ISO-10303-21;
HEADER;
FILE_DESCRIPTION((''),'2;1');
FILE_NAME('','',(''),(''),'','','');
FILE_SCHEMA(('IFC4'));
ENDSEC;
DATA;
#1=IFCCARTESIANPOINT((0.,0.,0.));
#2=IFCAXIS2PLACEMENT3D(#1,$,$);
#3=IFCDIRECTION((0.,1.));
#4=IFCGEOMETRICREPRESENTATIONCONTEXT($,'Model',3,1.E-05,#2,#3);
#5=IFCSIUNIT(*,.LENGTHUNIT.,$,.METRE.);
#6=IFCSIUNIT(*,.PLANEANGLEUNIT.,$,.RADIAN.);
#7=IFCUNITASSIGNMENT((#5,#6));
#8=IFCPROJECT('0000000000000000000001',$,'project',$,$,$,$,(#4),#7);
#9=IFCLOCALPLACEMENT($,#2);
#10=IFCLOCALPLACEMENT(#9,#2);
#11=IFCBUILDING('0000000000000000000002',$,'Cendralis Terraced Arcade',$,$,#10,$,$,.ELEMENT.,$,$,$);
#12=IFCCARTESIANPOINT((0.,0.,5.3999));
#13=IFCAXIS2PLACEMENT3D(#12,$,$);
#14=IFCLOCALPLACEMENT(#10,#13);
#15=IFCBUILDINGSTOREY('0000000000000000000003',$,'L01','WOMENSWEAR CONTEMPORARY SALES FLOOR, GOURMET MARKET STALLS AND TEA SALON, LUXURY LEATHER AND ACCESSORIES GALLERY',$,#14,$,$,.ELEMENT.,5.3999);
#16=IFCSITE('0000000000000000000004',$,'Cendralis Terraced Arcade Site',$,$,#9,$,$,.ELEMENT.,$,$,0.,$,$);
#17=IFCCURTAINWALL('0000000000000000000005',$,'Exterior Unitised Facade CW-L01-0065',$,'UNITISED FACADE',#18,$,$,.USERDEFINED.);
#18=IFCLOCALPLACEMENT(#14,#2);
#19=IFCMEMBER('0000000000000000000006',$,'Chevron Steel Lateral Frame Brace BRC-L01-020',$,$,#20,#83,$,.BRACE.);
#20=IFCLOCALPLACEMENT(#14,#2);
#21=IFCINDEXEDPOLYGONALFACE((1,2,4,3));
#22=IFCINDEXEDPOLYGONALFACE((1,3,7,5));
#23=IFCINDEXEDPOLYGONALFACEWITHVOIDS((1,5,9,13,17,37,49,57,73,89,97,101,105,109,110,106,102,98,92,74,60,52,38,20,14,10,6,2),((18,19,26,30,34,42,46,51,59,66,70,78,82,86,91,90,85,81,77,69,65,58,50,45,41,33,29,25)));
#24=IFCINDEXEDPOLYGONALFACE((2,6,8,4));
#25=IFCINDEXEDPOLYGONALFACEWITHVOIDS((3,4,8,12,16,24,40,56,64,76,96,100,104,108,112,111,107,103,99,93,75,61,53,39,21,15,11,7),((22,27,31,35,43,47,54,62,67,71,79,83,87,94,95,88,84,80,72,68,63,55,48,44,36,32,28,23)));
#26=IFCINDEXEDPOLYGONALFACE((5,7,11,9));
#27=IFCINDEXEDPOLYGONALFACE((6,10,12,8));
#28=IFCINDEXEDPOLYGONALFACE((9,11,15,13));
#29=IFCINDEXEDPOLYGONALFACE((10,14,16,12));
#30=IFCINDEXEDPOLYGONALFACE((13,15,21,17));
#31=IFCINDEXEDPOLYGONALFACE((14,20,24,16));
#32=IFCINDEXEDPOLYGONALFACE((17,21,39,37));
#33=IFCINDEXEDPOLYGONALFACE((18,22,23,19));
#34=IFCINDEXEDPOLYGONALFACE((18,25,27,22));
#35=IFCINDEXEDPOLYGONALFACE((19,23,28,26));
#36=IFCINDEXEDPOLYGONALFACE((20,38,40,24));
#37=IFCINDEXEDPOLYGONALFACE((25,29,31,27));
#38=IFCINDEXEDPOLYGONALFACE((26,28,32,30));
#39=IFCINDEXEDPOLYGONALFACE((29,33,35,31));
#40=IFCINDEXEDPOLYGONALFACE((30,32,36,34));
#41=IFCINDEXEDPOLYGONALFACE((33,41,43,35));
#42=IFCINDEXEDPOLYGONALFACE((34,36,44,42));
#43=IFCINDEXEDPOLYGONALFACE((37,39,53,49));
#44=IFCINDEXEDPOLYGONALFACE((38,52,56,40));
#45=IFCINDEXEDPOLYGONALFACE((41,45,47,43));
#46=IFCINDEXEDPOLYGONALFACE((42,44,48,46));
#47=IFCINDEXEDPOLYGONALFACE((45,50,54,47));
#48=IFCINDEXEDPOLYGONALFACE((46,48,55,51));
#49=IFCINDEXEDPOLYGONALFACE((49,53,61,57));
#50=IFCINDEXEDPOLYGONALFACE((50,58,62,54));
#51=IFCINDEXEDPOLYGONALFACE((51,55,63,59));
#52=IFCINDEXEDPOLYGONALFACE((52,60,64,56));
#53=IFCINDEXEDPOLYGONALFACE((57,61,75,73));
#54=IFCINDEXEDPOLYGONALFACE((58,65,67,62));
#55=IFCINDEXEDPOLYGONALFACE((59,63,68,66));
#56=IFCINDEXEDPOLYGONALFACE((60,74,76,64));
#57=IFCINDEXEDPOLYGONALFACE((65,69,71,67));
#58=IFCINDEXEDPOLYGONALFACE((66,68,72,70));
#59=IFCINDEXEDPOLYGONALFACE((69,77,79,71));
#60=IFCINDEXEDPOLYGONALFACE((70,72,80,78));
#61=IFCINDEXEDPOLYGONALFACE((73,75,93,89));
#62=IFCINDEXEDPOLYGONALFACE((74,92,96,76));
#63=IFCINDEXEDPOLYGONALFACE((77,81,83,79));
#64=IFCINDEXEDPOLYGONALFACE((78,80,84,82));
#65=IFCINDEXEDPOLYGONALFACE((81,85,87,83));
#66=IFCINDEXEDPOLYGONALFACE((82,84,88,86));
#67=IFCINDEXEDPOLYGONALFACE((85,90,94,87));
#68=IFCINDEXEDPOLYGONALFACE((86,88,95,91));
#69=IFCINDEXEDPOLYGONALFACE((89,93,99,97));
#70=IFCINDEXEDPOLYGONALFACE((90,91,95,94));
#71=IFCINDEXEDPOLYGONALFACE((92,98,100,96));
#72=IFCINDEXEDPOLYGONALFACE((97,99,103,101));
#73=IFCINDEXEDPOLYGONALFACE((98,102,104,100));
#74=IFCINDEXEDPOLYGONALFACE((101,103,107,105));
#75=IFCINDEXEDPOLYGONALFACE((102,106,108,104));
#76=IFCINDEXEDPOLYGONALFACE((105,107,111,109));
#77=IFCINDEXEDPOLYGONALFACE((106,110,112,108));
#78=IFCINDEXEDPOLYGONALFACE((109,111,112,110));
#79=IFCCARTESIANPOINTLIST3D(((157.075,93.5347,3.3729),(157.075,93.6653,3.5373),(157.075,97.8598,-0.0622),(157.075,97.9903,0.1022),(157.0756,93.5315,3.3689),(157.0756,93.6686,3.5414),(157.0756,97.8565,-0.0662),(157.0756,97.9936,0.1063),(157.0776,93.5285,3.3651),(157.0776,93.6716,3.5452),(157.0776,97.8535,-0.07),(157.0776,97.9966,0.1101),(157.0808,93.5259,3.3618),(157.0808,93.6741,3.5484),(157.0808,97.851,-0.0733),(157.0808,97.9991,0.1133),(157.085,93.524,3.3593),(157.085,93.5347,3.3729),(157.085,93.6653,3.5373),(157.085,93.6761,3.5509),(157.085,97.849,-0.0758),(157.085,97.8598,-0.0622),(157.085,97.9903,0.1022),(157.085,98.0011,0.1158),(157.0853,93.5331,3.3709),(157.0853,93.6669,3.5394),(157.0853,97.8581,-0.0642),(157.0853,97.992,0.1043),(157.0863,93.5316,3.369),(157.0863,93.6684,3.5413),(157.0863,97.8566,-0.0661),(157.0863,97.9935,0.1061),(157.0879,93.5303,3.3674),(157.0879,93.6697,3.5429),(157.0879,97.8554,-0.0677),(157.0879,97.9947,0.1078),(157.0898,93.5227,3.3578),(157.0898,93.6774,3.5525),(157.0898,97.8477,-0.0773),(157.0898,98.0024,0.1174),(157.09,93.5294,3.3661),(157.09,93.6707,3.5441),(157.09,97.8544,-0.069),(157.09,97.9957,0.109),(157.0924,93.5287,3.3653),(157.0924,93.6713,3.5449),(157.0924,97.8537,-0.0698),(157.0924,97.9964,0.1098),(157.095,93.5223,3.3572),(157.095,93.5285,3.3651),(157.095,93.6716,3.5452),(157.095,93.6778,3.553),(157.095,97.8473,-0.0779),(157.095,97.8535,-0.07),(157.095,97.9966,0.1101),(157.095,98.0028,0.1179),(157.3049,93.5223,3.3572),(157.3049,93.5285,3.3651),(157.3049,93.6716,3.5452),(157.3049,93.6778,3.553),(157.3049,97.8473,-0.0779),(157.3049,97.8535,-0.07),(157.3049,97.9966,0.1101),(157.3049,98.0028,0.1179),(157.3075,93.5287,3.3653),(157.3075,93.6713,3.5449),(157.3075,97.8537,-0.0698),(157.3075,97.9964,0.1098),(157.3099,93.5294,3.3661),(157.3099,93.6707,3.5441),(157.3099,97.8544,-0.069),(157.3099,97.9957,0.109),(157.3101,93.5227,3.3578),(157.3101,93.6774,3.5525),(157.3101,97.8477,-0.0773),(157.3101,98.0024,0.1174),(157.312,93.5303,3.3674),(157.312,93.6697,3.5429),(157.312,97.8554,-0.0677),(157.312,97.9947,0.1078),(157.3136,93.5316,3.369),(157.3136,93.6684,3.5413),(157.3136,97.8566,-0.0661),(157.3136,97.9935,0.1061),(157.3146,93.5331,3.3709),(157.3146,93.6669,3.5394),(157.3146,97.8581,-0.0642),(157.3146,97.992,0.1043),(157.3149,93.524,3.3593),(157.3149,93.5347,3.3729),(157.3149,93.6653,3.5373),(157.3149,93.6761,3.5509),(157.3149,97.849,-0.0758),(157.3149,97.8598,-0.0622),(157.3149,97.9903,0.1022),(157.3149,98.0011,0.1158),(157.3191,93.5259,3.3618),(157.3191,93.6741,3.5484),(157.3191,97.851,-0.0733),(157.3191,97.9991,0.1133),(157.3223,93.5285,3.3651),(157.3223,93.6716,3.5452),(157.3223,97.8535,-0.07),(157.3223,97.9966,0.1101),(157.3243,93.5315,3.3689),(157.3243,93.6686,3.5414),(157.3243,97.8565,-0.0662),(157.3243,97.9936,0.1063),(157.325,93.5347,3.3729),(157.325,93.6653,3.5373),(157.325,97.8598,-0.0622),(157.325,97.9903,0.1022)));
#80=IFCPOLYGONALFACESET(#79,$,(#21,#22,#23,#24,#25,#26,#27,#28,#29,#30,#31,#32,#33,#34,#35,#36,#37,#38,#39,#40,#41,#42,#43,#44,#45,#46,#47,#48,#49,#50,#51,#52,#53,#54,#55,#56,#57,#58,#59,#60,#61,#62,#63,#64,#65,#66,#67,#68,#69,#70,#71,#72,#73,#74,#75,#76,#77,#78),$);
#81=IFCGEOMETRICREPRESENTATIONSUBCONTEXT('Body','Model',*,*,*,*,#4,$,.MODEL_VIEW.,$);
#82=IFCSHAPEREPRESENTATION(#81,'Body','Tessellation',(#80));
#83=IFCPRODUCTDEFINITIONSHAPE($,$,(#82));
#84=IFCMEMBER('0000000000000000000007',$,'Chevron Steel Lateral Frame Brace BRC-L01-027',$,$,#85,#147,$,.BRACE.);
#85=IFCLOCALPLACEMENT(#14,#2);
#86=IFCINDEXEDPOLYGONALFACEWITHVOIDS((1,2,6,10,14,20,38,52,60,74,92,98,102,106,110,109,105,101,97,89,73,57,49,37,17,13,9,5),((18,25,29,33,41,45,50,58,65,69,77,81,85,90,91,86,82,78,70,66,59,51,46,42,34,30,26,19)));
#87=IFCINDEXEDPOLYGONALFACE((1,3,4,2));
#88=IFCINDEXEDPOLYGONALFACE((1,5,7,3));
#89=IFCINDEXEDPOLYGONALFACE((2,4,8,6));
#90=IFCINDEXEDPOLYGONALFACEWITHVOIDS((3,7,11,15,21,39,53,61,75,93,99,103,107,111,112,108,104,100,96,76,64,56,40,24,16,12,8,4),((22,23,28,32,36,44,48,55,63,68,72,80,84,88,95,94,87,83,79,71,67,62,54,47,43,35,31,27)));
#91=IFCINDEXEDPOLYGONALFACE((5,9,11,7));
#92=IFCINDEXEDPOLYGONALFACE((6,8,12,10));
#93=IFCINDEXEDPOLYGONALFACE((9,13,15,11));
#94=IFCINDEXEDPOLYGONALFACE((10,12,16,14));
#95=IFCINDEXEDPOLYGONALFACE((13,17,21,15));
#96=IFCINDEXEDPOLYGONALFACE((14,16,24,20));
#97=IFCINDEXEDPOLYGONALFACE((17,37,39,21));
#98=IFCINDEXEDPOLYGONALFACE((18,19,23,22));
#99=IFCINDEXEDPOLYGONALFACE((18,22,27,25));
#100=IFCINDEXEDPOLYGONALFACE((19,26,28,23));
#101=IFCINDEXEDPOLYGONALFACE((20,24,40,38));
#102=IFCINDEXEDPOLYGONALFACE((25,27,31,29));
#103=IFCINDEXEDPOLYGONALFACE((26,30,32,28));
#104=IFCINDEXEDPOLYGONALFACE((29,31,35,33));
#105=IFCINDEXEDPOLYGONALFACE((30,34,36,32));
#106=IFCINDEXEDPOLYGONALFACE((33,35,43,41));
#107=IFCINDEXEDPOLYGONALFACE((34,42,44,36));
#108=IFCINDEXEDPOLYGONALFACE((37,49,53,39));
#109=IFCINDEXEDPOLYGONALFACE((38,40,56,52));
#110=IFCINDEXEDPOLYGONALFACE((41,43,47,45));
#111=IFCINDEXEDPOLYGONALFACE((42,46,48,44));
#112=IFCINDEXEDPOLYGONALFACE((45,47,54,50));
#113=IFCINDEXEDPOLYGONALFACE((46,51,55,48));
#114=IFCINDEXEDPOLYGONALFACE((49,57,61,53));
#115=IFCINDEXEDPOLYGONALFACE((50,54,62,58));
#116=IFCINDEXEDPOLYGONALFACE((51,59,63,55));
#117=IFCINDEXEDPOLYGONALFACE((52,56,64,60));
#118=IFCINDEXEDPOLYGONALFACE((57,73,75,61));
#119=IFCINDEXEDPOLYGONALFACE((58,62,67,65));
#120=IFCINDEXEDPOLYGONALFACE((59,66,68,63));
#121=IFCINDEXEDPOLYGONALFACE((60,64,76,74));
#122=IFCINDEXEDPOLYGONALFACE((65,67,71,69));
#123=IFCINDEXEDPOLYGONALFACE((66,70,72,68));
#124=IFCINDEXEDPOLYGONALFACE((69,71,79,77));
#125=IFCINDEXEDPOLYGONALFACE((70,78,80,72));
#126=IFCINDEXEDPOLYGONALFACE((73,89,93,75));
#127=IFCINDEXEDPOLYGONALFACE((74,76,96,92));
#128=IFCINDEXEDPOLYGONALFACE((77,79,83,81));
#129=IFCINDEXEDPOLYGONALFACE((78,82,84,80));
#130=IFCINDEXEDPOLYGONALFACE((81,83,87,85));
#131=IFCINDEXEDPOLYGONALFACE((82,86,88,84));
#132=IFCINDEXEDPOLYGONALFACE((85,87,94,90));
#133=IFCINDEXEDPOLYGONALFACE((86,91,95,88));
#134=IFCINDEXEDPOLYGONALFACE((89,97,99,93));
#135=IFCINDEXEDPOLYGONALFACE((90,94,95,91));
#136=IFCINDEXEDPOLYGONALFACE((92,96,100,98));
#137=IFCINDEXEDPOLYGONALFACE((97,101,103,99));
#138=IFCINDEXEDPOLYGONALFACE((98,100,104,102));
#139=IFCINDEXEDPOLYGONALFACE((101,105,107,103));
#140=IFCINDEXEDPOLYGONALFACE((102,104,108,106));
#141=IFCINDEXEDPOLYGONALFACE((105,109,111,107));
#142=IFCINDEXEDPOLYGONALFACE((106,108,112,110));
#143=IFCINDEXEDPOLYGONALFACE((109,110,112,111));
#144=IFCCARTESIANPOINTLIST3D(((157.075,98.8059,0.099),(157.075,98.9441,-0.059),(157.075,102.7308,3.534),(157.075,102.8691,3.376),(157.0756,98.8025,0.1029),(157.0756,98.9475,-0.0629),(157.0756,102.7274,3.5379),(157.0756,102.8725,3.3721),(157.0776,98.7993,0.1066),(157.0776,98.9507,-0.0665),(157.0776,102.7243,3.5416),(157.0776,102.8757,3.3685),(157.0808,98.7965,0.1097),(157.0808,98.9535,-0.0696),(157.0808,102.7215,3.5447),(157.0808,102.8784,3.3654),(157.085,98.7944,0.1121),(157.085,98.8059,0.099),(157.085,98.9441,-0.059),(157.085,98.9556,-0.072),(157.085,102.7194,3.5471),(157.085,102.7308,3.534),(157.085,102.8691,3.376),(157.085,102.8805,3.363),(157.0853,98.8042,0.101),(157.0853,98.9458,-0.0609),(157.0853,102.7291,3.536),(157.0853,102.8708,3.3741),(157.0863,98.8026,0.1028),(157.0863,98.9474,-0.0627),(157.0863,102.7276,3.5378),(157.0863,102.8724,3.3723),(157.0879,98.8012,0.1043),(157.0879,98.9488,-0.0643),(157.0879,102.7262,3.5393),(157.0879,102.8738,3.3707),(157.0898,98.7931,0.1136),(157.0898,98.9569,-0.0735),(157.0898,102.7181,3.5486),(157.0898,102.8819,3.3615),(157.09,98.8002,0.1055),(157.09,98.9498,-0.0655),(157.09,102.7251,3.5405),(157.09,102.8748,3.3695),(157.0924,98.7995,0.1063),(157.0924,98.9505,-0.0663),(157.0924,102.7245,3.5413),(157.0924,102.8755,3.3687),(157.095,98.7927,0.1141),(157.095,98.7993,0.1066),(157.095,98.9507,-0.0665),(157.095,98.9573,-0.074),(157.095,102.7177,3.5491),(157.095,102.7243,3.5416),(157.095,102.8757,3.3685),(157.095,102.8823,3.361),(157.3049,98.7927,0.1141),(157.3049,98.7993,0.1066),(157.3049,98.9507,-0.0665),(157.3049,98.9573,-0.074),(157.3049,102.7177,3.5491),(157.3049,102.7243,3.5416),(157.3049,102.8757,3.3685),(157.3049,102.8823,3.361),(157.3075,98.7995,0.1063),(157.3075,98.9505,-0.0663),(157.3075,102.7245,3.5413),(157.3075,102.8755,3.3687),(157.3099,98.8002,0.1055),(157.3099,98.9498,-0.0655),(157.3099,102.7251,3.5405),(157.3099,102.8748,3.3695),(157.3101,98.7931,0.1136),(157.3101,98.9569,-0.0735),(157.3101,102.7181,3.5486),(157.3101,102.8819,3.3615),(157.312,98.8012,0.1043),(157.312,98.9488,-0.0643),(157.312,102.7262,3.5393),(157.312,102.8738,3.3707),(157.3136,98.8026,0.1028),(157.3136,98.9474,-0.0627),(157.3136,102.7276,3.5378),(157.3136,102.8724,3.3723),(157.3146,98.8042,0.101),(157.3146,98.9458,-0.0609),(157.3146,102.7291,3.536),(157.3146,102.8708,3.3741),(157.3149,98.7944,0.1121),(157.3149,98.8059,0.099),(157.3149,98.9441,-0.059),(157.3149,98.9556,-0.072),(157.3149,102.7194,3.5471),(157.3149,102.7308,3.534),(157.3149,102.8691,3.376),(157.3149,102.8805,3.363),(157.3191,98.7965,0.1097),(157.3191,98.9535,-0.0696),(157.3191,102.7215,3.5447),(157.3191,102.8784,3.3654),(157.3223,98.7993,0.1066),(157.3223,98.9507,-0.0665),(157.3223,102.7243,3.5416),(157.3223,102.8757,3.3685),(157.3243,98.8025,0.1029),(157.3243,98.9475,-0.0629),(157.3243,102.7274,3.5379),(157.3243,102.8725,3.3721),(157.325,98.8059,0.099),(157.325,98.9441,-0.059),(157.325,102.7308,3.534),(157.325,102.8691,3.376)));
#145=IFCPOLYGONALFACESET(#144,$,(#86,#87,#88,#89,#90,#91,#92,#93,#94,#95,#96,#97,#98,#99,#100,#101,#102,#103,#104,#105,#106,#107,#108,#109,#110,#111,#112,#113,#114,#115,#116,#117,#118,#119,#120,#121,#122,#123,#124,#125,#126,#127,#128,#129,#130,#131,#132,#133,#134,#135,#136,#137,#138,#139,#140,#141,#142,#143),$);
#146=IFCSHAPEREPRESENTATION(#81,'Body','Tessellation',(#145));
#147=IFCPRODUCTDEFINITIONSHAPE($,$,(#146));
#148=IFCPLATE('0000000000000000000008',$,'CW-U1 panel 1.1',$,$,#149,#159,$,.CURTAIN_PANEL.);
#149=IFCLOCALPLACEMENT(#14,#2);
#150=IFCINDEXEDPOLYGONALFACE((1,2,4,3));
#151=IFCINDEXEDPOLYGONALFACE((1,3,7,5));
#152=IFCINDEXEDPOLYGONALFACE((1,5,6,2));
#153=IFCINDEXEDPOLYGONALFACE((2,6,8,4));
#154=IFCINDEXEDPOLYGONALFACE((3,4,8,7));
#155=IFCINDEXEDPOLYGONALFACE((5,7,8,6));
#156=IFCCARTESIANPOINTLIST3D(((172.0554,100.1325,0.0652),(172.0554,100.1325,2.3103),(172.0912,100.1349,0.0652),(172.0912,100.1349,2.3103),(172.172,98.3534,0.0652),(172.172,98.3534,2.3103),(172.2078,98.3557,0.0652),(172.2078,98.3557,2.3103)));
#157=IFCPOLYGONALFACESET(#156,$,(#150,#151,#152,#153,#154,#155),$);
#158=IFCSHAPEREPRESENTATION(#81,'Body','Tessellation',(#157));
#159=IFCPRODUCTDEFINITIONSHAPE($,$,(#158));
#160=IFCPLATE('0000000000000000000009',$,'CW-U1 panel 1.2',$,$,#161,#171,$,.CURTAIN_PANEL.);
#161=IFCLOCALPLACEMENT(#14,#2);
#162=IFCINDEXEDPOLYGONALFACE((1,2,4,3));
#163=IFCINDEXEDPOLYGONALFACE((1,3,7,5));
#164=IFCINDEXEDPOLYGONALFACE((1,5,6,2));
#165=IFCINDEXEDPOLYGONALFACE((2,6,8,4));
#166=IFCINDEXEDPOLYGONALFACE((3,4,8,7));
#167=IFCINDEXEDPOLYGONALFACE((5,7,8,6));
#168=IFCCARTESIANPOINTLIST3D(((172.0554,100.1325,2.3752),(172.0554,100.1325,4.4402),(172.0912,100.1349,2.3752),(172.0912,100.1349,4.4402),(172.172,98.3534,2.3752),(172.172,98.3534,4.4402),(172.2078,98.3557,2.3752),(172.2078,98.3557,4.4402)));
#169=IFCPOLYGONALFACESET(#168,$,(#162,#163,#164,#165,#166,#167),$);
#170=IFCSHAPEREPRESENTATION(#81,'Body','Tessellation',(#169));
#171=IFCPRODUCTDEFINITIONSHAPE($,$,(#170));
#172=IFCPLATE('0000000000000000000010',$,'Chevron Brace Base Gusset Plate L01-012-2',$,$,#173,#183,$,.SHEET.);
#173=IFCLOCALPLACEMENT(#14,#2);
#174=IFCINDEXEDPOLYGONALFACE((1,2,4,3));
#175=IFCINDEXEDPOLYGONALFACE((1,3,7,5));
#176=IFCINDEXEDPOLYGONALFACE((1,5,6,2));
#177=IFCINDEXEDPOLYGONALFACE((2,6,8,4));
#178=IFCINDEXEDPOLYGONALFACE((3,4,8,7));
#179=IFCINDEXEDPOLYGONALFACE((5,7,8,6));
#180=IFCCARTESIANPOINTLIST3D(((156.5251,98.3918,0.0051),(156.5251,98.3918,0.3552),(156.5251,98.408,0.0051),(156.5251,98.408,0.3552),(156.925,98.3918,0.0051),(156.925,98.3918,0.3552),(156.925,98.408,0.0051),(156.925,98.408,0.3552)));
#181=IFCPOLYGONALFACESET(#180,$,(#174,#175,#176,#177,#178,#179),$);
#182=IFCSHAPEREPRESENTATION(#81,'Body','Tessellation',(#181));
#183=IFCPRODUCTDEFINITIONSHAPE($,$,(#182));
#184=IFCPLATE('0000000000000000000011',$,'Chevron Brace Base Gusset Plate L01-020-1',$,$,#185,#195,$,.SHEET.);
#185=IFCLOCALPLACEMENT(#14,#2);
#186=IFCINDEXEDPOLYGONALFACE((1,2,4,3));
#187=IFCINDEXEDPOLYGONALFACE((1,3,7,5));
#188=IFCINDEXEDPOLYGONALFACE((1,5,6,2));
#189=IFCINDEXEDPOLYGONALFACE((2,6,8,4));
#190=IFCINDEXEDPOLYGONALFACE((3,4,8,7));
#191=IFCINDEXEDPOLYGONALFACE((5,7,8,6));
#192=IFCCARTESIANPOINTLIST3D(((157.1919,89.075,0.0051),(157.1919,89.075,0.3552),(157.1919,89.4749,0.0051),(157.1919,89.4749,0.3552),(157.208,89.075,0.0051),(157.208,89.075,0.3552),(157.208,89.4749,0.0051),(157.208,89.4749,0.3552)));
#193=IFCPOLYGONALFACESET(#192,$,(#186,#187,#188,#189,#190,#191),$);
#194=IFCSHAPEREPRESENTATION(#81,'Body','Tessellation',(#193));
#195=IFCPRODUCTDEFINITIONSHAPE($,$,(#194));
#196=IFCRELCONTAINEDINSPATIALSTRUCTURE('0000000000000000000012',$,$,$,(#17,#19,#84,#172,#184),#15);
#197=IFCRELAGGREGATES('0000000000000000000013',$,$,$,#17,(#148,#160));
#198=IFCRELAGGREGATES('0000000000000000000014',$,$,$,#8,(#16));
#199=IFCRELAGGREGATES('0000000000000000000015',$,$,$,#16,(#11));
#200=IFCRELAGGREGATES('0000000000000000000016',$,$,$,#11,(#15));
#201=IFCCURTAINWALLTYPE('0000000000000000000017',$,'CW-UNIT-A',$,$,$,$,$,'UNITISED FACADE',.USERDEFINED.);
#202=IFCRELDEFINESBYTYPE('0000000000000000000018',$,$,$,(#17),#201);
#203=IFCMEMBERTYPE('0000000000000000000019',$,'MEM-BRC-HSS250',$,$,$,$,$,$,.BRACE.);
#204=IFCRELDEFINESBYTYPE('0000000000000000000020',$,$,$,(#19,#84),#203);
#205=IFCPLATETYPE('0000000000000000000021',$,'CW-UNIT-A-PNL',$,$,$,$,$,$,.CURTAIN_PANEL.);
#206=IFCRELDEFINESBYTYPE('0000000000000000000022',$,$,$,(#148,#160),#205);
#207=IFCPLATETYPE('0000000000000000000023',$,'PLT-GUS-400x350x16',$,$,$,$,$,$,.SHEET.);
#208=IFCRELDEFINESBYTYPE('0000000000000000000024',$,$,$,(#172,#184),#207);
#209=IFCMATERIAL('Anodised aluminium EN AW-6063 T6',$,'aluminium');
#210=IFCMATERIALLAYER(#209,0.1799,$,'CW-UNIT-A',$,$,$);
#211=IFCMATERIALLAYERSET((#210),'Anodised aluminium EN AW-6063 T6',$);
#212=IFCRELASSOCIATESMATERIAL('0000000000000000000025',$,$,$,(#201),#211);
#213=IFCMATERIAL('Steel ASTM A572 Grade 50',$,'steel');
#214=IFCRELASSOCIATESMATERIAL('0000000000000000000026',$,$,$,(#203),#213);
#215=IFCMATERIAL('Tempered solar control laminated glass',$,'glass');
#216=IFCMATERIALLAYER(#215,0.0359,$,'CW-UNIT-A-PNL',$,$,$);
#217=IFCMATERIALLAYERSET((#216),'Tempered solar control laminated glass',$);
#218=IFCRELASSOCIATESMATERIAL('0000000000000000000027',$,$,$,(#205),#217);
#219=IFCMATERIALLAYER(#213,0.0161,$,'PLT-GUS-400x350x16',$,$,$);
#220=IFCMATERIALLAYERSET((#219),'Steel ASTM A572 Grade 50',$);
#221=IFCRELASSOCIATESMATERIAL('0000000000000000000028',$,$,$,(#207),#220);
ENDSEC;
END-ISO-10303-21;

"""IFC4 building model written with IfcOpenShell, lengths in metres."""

from ifc_helpers import new_model, si_unit, direction, frame, origin, origin_2d, place, context, subcontext, project, spatial, rectangle, hollow_rectangle, extrude, material, layer, layer_set, material_profile, profile_set, type_object, element, aggregate, save


model = new_model("IFC4")

# Units and contexts
model_context = context("Model", 3, precision=1e-05, world=origin(), true_north=direction((0.0, 1.0)))
body_context = subcontext(model_context, "Body", "Model", "MODEL_VIEW")
ifc_project = project(units=[si_unit("LENGTHUNIT", "METRE"), si_unit("PLANEANGLEUNIT", "RADIAN")], contexts=[model_context])

# Site, building, storey
site_placement = place(None, origin())
site = spatial("IfcSite", under=ifc_project, at=site_placement, Name="Cendralis Terraced Arcade Site", CompositionType="ELEMENT", RefElevation=0.0)
building_placement = place(site_placement, origin())
building = spatial("IfcBuilding", under=site, at=building_placement, Name="Cendralis Terraced Arcade", CompositionType="ELEMENT")
storey_placement = place(building_placement, frame((0.0, 0.0, 5.3999)))
storey = spatial("IfcBuildingStorey", under=building, at=storey_placement, Name="L01", Description="WOMENSWEAR CONTEMPORARY SALES FLOOR, GOURMET MARKET STALLS AND TEA SALON, LUXURY LEATHER AND ACCESSORIES GALLERY", CompositionType="ELEMENT", Elevation=5.3999)

# Curtain wall
ifc_material_1 = material(Name="Anodised aluminium EN AW-6063 T6", Category="aluminium")
ifc_layer_1 = layer(ifc_material_1, 0.1799, Name="CW-UNIT-A")
ifc_layer_set_1 = layer_set([ifc_layer_1], Name="Anodised aluminium EN AW-6063 T6")
curtain_wall_type = type_object("IfcCurtainWallType", Name="CW-UNIT-A", ElementType="UNITISED FACADE", PredefinedType="USERDEFINED", material=ifc_layer_set_1)
curtain_wall_placement = place(storey_placement, origin())
curtain_wall = element("IfcCurtainWall", 1, at=curtain_wall_placement, inside=storey, type_object=curtain_wall_type, Name="Exterior Unitised Facade CW-L01-0065", ObjectType="UNITISED FACADE", PredefinedType="USERDEFINED")

# Members
ifc_material_2 = material(Name="Steel ASTM A572 Grade 50", Category="steel")
ifc_material_profile_1 = material_profile(ifc_material_2, hollow_rectangle(XDim=0.25, YDim=0.25, WallThickness=0.01, InnerFilletRadius=0.01, OuterFilletRadius=0.02, at=origin_2d()), Name="HSS250X250X10", Category="LoadBearing")
ifc_profile_set_1 = profile_set([ifc_material_profile_1], Name="Steel ASTM A572 Grade 50")
member_type_1 = type_object("IfcMemberType", Name="MEM-BRC-HSS250", PredefinedType="BRACE", material=ifc_profile_set_1)
for number, where, z_axis, x_axis, name in (
    (2, (157.2, 97.925, 0.02), (0.0, -0.783063, 0.621942), (1.0, 0.0, 0.0), "Chevron Steel Lateral Frame Brace BRC-L01-020"),
):
    element("IfcMember", number, at=place(storey_placement, frame(where, z_axis=z_axis, x_axis=x_axis)), inside=storey, type_object=member_type_1, Name=name, PredefinedType="BRACE", context=body_context, shape_type="SweptSolid", body=[
        extrude(hollow_rectangle(XDim=0.25, YDim=0.25, WallThickness=0.01, InnerFilletRadius=0.01, OuterFilletRadius=0.02, at=origin_2d()), origin(), (0.0, 0.0, 1.0), 5.5232),
    ])
member_1_placement = place(storey_placement, frame((157.2, 98.875, 0.02), z_axis=(0.0, 0.752516, 0.658574), x_axis=(-1.0, 0.0, 0.0)))
element("IfcMember", 3, at=member_1_placement, inside=storey, type_object=member_type_1, Name="Chevron Steel Lateral Frame Brace BRC-L01-027", PredefinedType="BRACE", context=body_context, shape_type="SweptSolid", body=[
    extrude(hollow_rectangle(XDim=0.25, YDim=0.25, WallThickness=0.01, InnerFilletRadius=0.01, OuterFilletRadius=0.02, at=origin_2d()), origin(), (0.0, 0.0, 1.0), 5.2158),
])

# Plates
ifc_material_3 = material(Name="Tempered solar control laminated glass", Category="glass")
ifc_layer_2 = layer(ifc_material_3, 0.0359, Name="CW-UNIT-A-PNL")
ifc_layer_set_2 = layer_set([ifc_layer_2], Name="Tempered solar control laminated glass")
plate_type_1 = type_object("IfcPlateType", Name="CW-UNIT-A-PNL", PredefinedType="CURTAIN_PANEL", material=ifc_layer_set_2)
plate_1_placement = place(storey_placement, frame((172.1316, 99.2441, 0.0652), z_axis=(0.0, 0.0, 1.0), x_axis=(0.065398, -0.997859, 0.0)))
plate_1 = element("IfcPlate", 4, at=plate_1_placement, type_object=plate_type_1, Name="CW-U1 panel 1.1", PredefinedType="CURTAIN_PANEL", context=body_context, shape_type="SweptSolid", body=[
    extrude(rectangle(XDim=1.783, YDim=0.0359, at=origin_2d()), origin(), (0.0, 0.0, 1.0), 2.2451),
])
plate_2_placement = place(storey_placement, frame((172.1316, 99.2441, 2.3752), z_axis=(0.0, 0.0, 1.0), x_axis=(0.065398, -0.997859, 0.0)))
plate_2 = element("IfcPlate", 5, at=plate_2_placement, type_object=plate_type_1, Name="CW-U1 panel 1.2", PredefinedType="CURTAIN_PANEL", context=body_context, shape_type="SweptSolid", body=[
    extrude(rectangle(XDim=1.783, YDim=0.0359, at=origin_2d()), origin(), (0.0, 0.0, 1.0), 2.0649),
])
aggregate(curtain_wall, [plate_1, plate_2])

# Plates
ifc_layer_3 = layer(ifc_material_2, 0.0161, Name="PLT-GUS-400x350x16")
ifc_layer_set_3 = layer_set([ifc_layer_3], Name="Steel ASTM A572 Grade 50")
plate_type_2 = type_object("IfcPlateType", Name="PLT-GUS-400x350x16", PredefinedType="SHEET", material=ifc_layer_set_3)
for number, where, z_axis, x_axis, name in (
    (6, (156.7251, 98.3999, 0.0051), (0.0, 0.0, 1.0), (1.0, 0.0, 0.0), "Chevron Brace Base Gusset Plate L01-012-2"),
    (7, (157.2, 89.2749, 0.0051), (0.0, 0.0, 1.0), (0.0, 1.0, 0.0), "Chevron Brace Base Gusset Plate L01-020-1"),
):
    element("IfcPlate", number, at=place(storey_placement, frame(where, z_axis=z_axis, x_axis=x_axis)), inside=storey, type_object=plate_type_2, Name=name, PredefinedType="SHEET", context=body_context, shape_type="SweptSolid", body=[
        extrude(rectangle(XDim=0.3999, YDim=0.0161, at=origin_2d()), origin(), (0.0, 0.0, 1.0), 0.3501),
    ])

save(model, "model.ifc")
